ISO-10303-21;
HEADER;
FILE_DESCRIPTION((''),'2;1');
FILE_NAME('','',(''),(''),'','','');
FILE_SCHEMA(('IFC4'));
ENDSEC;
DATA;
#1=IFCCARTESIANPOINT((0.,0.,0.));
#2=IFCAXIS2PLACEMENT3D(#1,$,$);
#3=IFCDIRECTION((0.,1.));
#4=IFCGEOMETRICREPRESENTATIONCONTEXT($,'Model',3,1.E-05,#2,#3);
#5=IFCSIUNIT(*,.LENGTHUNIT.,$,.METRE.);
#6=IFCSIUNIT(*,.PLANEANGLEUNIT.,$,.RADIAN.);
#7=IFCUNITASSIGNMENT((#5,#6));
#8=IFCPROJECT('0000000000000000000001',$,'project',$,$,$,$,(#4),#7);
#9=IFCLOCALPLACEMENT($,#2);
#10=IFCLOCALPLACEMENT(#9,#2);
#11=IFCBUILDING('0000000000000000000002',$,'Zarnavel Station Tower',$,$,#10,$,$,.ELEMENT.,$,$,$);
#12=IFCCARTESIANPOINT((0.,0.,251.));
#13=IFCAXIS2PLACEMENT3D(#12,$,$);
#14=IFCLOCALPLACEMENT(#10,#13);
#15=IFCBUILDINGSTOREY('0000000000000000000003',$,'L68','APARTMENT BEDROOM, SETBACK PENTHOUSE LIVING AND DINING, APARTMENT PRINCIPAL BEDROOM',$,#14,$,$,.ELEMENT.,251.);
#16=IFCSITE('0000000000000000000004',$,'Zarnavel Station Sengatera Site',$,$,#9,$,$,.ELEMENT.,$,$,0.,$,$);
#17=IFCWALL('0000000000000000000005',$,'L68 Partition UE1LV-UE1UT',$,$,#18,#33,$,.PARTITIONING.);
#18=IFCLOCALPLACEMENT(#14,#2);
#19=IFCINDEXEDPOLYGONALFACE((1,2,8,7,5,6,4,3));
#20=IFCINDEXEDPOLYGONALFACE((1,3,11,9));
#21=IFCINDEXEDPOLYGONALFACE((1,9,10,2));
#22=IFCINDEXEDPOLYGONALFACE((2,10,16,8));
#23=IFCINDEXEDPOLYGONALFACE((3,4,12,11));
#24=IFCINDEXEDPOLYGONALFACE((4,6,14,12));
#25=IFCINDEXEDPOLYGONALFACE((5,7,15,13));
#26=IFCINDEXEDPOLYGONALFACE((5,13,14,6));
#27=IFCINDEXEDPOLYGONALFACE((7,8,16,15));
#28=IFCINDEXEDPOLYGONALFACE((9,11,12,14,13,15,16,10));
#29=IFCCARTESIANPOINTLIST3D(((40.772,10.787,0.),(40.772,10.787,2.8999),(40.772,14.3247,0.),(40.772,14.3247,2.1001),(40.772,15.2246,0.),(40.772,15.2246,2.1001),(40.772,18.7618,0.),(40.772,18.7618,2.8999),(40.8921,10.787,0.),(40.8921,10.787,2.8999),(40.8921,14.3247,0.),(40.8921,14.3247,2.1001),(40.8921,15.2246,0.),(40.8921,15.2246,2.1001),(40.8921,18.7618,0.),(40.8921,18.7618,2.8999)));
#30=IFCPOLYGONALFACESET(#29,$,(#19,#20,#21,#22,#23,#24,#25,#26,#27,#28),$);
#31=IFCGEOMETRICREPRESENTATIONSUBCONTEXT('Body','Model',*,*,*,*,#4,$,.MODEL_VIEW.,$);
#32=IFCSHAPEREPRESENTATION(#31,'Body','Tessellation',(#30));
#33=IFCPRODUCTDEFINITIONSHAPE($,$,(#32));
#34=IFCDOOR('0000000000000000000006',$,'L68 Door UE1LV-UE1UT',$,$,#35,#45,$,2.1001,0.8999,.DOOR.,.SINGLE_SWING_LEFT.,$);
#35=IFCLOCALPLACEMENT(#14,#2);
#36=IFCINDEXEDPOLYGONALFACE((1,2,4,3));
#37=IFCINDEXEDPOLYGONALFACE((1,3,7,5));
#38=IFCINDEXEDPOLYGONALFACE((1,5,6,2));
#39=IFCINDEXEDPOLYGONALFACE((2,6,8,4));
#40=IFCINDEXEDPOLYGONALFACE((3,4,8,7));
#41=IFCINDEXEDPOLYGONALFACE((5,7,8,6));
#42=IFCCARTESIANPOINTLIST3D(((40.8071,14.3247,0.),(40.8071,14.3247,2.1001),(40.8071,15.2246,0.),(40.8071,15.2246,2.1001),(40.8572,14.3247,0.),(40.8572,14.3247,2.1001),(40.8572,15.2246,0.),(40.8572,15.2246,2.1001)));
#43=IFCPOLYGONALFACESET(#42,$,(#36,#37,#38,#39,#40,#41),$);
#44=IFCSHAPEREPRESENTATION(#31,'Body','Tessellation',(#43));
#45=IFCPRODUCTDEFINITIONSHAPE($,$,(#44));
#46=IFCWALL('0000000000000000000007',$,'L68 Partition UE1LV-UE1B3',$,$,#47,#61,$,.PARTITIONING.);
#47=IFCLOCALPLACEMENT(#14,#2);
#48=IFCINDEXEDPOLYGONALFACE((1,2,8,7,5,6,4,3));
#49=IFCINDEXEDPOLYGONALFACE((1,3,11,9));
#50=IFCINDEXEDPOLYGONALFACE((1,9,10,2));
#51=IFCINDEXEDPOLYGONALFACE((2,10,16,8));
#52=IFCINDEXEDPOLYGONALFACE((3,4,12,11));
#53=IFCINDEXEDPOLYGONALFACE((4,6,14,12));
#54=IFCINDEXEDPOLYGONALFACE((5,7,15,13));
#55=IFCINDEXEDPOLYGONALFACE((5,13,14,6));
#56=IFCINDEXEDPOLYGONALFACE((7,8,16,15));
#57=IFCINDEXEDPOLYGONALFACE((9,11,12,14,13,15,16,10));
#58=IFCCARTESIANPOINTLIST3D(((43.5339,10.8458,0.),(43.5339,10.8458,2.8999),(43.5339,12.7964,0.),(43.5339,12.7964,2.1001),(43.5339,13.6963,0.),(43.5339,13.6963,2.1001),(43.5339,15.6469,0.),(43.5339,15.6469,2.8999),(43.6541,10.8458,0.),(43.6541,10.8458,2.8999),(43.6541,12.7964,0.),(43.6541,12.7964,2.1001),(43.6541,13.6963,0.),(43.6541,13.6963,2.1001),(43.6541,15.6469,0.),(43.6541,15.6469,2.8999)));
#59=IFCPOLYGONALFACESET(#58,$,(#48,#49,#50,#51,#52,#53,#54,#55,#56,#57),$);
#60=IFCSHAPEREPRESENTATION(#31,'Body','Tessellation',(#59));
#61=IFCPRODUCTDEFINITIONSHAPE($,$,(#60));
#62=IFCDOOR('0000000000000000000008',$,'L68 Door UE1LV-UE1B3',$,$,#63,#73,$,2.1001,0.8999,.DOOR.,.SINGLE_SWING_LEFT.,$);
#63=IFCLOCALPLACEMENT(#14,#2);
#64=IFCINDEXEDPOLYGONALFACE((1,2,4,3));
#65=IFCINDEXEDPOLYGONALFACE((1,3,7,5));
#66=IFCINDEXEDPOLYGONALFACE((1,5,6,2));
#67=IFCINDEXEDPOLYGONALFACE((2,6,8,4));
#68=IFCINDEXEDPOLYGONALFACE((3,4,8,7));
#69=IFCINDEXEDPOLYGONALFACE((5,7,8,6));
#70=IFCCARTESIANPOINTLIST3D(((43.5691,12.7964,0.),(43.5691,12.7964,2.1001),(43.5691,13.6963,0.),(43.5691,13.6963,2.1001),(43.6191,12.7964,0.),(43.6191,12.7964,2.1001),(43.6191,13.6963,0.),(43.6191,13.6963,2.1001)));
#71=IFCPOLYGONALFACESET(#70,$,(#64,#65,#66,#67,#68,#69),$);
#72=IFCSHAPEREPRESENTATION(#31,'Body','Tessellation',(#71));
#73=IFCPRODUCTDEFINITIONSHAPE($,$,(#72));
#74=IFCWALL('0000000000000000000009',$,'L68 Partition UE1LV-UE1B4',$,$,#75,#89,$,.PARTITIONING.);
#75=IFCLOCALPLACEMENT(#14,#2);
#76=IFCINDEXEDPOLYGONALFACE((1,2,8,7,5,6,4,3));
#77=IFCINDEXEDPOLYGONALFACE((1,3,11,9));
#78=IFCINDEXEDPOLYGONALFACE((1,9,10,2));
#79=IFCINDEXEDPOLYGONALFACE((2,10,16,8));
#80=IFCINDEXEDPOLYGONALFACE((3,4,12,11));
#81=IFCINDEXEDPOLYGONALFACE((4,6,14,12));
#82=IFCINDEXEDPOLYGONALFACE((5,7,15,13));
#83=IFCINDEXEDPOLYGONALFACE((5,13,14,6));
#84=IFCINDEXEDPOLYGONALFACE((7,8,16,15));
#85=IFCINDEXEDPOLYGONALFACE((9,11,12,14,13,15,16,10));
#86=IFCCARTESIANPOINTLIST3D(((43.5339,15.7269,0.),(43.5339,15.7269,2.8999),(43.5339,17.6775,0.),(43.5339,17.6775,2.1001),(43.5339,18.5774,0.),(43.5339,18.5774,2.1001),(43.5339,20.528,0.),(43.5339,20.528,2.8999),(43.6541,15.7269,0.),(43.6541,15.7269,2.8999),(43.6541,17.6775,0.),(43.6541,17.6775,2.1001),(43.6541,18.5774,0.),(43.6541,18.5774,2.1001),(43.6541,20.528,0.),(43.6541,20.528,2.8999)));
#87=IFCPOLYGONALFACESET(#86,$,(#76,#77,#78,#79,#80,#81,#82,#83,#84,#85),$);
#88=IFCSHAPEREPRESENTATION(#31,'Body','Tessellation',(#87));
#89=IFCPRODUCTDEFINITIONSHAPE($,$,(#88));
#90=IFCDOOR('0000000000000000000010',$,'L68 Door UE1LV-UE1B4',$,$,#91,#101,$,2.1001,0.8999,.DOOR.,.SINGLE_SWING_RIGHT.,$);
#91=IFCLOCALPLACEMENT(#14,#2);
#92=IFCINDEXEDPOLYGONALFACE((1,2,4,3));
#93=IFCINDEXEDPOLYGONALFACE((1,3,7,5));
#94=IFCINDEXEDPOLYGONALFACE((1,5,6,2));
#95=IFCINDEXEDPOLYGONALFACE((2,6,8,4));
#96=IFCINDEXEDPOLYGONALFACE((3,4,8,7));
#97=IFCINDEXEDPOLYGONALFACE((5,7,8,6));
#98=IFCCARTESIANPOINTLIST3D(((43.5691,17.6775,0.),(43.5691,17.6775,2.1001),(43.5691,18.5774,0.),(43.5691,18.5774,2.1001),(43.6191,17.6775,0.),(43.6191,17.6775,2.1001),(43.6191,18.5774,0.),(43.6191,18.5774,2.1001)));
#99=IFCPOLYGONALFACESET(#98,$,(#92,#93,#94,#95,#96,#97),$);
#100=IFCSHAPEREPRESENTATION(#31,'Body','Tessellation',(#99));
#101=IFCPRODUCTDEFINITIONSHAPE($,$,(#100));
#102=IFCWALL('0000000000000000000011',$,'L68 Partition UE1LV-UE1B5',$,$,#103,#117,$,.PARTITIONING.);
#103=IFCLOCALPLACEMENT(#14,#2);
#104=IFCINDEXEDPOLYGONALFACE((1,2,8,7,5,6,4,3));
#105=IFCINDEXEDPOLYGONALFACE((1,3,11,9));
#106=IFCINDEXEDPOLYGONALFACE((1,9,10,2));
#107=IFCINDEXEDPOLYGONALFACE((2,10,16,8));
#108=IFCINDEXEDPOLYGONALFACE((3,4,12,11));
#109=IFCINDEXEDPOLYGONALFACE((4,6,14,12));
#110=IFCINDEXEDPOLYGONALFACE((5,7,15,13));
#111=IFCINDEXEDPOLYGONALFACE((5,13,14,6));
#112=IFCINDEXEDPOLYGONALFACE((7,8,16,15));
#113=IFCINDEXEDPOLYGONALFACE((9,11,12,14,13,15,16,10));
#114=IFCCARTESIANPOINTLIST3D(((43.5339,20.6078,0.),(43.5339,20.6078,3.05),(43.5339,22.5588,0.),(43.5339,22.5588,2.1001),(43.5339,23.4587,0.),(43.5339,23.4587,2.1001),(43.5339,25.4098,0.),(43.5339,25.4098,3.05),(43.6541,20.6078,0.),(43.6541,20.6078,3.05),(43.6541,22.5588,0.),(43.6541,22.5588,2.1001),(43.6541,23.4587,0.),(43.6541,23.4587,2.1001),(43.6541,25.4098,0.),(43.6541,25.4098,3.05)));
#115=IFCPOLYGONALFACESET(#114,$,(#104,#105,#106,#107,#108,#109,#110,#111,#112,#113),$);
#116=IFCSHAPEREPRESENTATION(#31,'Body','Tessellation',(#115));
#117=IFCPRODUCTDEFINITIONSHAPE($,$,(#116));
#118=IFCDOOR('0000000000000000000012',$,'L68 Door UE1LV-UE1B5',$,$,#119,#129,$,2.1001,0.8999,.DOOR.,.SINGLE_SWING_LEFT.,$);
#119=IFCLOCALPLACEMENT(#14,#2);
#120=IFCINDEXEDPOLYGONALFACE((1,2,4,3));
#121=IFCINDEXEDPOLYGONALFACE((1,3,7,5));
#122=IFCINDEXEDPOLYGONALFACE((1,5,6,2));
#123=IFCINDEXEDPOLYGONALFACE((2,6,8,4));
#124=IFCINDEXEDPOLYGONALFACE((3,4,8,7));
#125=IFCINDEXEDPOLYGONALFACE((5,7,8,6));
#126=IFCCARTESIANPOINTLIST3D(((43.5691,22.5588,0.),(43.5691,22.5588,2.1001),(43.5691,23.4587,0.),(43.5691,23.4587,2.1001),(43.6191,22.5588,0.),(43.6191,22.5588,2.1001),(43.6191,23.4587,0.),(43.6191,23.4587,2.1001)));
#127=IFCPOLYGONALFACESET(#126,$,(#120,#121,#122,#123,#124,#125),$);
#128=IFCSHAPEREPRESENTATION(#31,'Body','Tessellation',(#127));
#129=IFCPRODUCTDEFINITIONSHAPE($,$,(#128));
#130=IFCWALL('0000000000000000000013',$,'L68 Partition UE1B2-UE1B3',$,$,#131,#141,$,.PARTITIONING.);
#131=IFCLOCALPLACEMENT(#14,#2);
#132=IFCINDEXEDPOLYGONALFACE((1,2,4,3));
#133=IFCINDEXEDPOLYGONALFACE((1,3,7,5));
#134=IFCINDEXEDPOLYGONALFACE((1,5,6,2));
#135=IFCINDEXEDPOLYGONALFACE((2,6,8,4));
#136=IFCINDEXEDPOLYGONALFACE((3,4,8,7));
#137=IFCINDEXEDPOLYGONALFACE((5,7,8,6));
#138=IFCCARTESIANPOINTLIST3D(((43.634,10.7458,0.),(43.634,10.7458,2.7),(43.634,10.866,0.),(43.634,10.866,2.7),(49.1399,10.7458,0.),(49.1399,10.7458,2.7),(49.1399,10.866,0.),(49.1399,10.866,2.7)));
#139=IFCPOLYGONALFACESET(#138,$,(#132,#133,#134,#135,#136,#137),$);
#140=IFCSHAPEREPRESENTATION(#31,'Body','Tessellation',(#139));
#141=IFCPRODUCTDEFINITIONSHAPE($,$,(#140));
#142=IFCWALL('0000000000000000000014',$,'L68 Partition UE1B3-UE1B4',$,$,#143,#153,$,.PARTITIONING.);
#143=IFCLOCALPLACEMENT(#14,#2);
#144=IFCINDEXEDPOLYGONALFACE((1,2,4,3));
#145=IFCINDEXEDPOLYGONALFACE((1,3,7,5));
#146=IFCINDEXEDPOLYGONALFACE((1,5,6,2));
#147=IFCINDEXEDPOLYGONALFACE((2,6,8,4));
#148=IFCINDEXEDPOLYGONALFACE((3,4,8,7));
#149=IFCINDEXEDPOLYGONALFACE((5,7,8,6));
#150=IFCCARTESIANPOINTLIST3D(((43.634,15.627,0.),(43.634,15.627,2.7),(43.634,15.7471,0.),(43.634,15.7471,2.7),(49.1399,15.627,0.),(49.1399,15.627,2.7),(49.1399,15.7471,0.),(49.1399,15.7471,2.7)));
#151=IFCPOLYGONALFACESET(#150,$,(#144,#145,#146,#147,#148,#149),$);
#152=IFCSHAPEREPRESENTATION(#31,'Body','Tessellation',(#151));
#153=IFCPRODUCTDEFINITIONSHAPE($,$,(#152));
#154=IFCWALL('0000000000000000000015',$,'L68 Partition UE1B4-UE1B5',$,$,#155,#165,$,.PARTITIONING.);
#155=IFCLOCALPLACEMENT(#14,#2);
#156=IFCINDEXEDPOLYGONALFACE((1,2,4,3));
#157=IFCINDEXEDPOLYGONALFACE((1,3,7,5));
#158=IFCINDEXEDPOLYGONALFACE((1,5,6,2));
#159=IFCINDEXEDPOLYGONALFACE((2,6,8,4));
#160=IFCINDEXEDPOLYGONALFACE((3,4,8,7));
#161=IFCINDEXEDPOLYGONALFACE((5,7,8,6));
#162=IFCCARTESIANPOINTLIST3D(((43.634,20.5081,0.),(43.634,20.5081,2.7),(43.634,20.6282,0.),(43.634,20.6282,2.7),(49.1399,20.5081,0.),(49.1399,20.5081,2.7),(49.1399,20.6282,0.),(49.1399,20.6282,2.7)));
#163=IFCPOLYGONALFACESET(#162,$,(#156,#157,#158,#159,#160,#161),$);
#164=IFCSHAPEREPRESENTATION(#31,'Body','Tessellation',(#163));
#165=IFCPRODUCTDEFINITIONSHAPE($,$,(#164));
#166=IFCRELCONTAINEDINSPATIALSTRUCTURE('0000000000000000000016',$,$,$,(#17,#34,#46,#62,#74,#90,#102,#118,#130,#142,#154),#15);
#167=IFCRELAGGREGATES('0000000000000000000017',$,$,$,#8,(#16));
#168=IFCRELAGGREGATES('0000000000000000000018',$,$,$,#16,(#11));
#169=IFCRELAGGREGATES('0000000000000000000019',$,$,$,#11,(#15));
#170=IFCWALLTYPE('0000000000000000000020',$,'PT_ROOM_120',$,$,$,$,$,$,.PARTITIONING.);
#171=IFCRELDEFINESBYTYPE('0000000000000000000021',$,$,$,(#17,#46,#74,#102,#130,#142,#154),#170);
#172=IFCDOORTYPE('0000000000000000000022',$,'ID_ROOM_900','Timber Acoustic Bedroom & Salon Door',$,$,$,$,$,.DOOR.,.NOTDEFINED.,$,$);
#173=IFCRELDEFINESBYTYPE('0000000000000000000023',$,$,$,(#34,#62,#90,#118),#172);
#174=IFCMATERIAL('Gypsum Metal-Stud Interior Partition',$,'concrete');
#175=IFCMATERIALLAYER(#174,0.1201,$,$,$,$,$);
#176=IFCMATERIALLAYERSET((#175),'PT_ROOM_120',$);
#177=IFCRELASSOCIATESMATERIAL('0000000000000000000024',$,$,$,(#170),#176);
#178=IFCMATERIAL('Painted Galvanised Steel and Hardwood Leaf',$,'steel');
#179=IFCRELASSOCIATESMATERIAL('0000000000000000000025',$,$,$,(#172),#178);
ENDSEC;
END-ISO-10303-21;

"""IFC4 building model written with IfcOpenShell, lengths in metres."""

from ifc_helpers import new_model, si_unit, direction, frame, frame_2d, origin, place, context, subcontext, project, spatial, rectangle, extrude, material, layer, layer_set, type_object, element, fill, save


model = new_model("IFC4")

# Units and contexts
model_context = context("Model", 3, precision=1e-05, world=origin(), true_north=direction((0.0, 1.0)))
body_context = subcontext(model_context, "Body", "Model", "MODEL_VIEW")
ifc_project = project(units=[si_unit("LENGTHUNIT", "METRE"), si_unit("PLANEANGLEUNIT", "RADIAN")], contexts=[model_context])

# Site, building, storey
site_placement = place(None, origin())
site = spatial("IfcSite", under=ifc_project, at=site_placement, Name="Zarnavel Station Sengatera Site", CompositionType="ELEMENT", RefElevation=0.0)
building_placement = place(site_placement, origin())
building = spatial("IfcBuilding", under=site, at=building_placement, Name="Zarnavel Station Tower", CompositionType="ELEMENT")
storey_placement = place(building_placement, frame((0.0, 0.0, 251.0)))
storey = spatial("IfcBuildingStorey", under=building, at=storey_placement, Name="L68", Description="APARTMENT BEDROOM, SETBACK PENTHOUSE LIVING AND DINING, APARTMENT PRINCIPAL BEDROOM", CompositionType="ELEMENT", Elevation=251.0)

# Walls, openings, doors
ifc_material_1 = material(Name="Gypsum Metal-Stud Interior Partition", Category="concrete")
ifc_layer_1 = layer(ifc_material_1, 0.1201)
ifc_layer_set_1 = layer_set([ifc_layer_1], Name="PT_ROOM_120")
wall_type_1 = type_object("IfcWallType", Name="PT_ROOM_120", PredefinedType="PARTITIONING", material=ifc_layer_set_1)
wall_1_placement = place(storey_placement, frame((40.832, 10.7871, 0.0), z_axis=(0.0, 0.0, 1.0), x_axis=(0.0, 1.0, 0.0)))
wall_1 = element("IfcWall", 1, at=wall_1_placement, inside=storey, type_object=wall_type_1, Name="L68 Partition UE1LV-UE1UT", PredefinedType="PARTITIONING", context=body_context, shape_type="SweptSolid", body=[
    extrude(rectangle(XDim=7.9749, YDim=0.1201, at=frame_2d((3.9873, 0.0))), origin(), (0.0, 0.0, 1.0), 2.8999),
])
opening_1_placement = place(wall_1_placement, frame((3.5376, 0.0, 0.0)))
opening_1 = element("IfcOpeningElement", 2, at=opening_1_placement, cuts=wall_1, PredefinedType="OPENING", context=body_context, shape_type="SweptSolid", body=[
    extrude(rectangle(XDim=0.8999, YDim=2.1001, at=frame_2d((0.45, 1.05))), frame((0.0, 0.0701, 0.0), z_axis=(0.0, -1.0, 0.0), x_axis=(1.0, 0.0, 0.0)), (0.0, 0.0, 1.0), 0.1401),
])
ifc_material_2 = material(Name="Painted Galvanised Steel and Hardwood Leaf", Category="steel")
door_type_1 = type_object("IfcDoorType", Name="ID_ROOM_900", Description="Timber Acoustic Bedroom & Salon Door", OperationType="NOTDEFINED", PredefinedType="DOOR", material=ifc_material_2)
door_1_placement = place(opening_1_placement, origin())
door_1 = element("IfcDoor", 3, at=door_1_placement, inside=storey, type_object=door_type_1, Name="L68 Door UE1LV-UE1UT", OperationType="SINGLE_SWING_LEFT", OverallHeight=2.1001, OverallWidth=0.8999, PredefinedType="DOOR", context=body_context, shape_type="SweptSolid", body=[
    extrude(rectangle(XDim=0.8999, YDim=2.1001, at=frame_2d((0.45, 1.05))), frame((0.0, 0.0249, 0.0), z_axis=(0.0, -1.0, 0.0), x_axis=(1.0, 0.0, 0.0)), (0.0, 0.0, 1.0), 0.05),
])
fill(opening_1, door_1)
wall_2_placement = place(storey_placement, frame((43.594, 10.8459, 0.0), z_axis=(0.0, 0.0, 1.0), x_axis=(0.0, 1.0, 0.0)))
wall_2 = element("IfcWall", 4, at=wall_2_placement, inside=storey, type_object=wall_type_1, Name="L68 Partition UE1LV-UE1B3", PredefinedType="PARTITIONING", context=body_context, shape_type="SweptSolid", body=[
    extrude(rectangle(XDim=4.801, YDim=0.1201, at=frame_2d((2.4004, 0.0))), origin(), (0.0, 0.0, 1.0), 2.8999),
])
opening_2_placement = place(wall_2_placement, frame((1.9504, 0.0, 0.0)))
opening_2 = element("IfcOpeningElement", 5, at=opening_2_placement, cuts=wall_2, PredefinedType="OPENING", context=body_context, shape_type="SweptSolid", body=[
    extrude(rectangle(XDim=0.8999, YDim=2.1001, at=frame_2d((0.45, 1.05))), frame((0.0, 0.0701, 0.0), z_axis=(0.0, -1.0, 0.0), x_axis=(1.0, 0.0, 0.0)), (0.0, 0.0, 1.0), 0.1401),
])
door_2_placement = place(opening_2_placement, origin())
door_2 = element("IfcDoor", 6, at=door_2_placement, inside=storey, type_object=door_type_1, Name="L68 Door UE1LV-UE1B3", OperationType="SINGLE_SWING_LEFT", OverallHeight=2.1001, OverallWidth=0.8999, PredefinedType="DOOR", context=body_context, shape_type="SweptSolid", body=[
    extrude(rectangle(XDim=0.8999, YDim=2.1001, at=frame_2d((0.45, 1.05))), frame((0.0, 0.0249, 0.0), z_axis=(0.0, -1.0, 0.0), x_axis=(1.0, 0.0, 0.0)), (0.0, 0.0, 1.0), 0.05),
])
fill(opening_2, door_2)
wall_3_placement = place(storey_placement, frame((43.594, 15.7271, 0.0), z_axis=(0.0, 0.0, 1.0), x_axis=(0.0, 1.0, 0.0)))
wall_3 = element("IfcWall", 7, at=wall_3_placement, inside=storey, type_object=wall_type_1, Name="L68 Partition UE1LV-UE1B4", PredefinedType="PARTITIONING", context=body_context, shape_type="SweptSolid", body=[
    extrude(rectangle(XDim=4.801, YDim=0.1201, at=frame_2d((2.4004, 0.0))), origin(), (0.0, 0.0, 1.0), 2.8999),
])
opening_3_placement = place(wall_3_placement, frame((1.9504, 0.0, 0.0)))
opening_3 = element("IfcOpeningElement", 8, at=opening_3_placement, cuts=wall_3, PredefinedType="OPENING", context=body_context, shape_type="SweptSolid", body=[
    extrude(rectangle(XDim=0.8999, YDim=2.1001, at=frame_2d((0.45, 1.05))), frame((0.0, 0.0701, 0.0), z_axis=(0.0, -1.0, 0.0), x_axis=(1.0, 0.0, 0.0)), (0.0, 0.0, 1.0), 0.1401),
])
door_3_placement = place(opening_3_placement, origin())
door_3 = element("IfcDoor", 9, at=door_3_placement, inside=storey, type_object=door_type_1, Name="L68 Door UE1LV-UE1B4", OperationType="SINGLE_SWING_RIGHT", OverallHeight=2.1001, OverallWidth=0.8999, PredefinedType="DOOR", context=body_context, shape_type="SweptSolid", body=[
    extrude(rectangle(XDim=0.8999, YDim=2.1001, at=frame_2d((0.45, 1.05))), frame((0.0, 0.0249, 0.0), z_axis=(0.0, -1.0, 0.0), x_axis=(1.0, 0.0, 0.0)), (0.0, 0.0, 1.0), 0.05),
])
fill(opening_3, door_3)
wall_4_placement = place(storey_placement, frame((43.594, 20.6079, 0.0), z_axis=(0.0, 0.0, 1.0), x_axis=(0.0, 1.0, 0.0)))
wall_4 = element("IfcWall", 10, at=wall_4_placement, inside=storey, type_object=wall_type_1, Name="L68 Partition UE1LV-UE1B5", PredefinedType="PARTITIONING", context=body_context, shape_type="SweptSolid", body=[
    extrude(rectangle(XDim=4.802, YDim=0.1201, at=frame_2d((2.4009, 0.0))), origin(), (0.0, 0.0, 1.0), 3.05),
])
opening_4_placement = place(wall_4_placement, frame((1.9509, 0.0, 0.0)))
opening_4 = element("IfcOpeningElement", 11, at=opening_4_placement, cuts=wall_4, PredefinedType="OPENING", context=body_context, shape_type="SweptSolid", body=[
    extrude(rectangle(XDim=0.8999, YDim=2.1001, at=frame_2d((0.45, 1.05))), frame((0.0, 0.0701, 0.0), z_axis=(0.0, -1.0, 0.0), x_axis=(1.0, 0.0, 0.0)), (0.0, 0.0, 1.0), 0.1401),
])
door_4_placement = place(opening_4_placement, origin())
door_4 = element("IfcDoor", 12, at=door_4_placement, inside=storey, type_object=door_type_1, Name="L68 Door UE1LV-UE1B5", OperationType="SINGLE_SWING_LEFT", OverallHeight=2.1001, OverallWidth=0.8999, PredefinedType="DOOR", context=body_context, shape_type="SweptSolid", body=[
    extrude(rectangle(XDim=0.8999, YDim=2.1001, at=frame_2d((0.45, 1.05))), frame((0.0, 0.0249, 0.0), z_axis=(0.0, -1.0, 0.0), x_axis=(1.0, 0.0, 0.0)), (0.0, 0.0, 1.0), 0.05),
])
fill(opening_4, door_4)

# Walls
for number, where, z_axis, x_axis, name in (
    (13, (43.634, 10.8059, 0.0), (0.0, 0.0, 1.0), (1.0, 0.0, 0.0), "L68 Partition UE1B2-UE1B3"),
    (14, (43.634, 15.687, 0.0), (0.0, 0.0, 1.0), (1.0, 0.0, 0.0), "L68 Partition UE1B3-UE1B4"),
    (15, (43.634, 20.5681, 0.0), (0.0, 0.0, 1.0), (1.0, 0.0, 0.0), "L68 Partition UE1B4-UE1B5"),
):
    element("IfcWall", number, at=place(storey_placement, frame(where, z_axis=z_axis, x_axis=x_axis)), inside=storey, type_object=wall_type_1, Name=name, PredefinedType="PARTITIONING", context=body_context, shape_type="SweptSolid", body=[
        extrude(rectangle(XDim=5.5059, YDim=0.1201, at=frame_2d((2.7529, 0.0))), origin(), (0.0, 0.0, 1.0), 2.7),
    ])

save(model, "model.ifc")
